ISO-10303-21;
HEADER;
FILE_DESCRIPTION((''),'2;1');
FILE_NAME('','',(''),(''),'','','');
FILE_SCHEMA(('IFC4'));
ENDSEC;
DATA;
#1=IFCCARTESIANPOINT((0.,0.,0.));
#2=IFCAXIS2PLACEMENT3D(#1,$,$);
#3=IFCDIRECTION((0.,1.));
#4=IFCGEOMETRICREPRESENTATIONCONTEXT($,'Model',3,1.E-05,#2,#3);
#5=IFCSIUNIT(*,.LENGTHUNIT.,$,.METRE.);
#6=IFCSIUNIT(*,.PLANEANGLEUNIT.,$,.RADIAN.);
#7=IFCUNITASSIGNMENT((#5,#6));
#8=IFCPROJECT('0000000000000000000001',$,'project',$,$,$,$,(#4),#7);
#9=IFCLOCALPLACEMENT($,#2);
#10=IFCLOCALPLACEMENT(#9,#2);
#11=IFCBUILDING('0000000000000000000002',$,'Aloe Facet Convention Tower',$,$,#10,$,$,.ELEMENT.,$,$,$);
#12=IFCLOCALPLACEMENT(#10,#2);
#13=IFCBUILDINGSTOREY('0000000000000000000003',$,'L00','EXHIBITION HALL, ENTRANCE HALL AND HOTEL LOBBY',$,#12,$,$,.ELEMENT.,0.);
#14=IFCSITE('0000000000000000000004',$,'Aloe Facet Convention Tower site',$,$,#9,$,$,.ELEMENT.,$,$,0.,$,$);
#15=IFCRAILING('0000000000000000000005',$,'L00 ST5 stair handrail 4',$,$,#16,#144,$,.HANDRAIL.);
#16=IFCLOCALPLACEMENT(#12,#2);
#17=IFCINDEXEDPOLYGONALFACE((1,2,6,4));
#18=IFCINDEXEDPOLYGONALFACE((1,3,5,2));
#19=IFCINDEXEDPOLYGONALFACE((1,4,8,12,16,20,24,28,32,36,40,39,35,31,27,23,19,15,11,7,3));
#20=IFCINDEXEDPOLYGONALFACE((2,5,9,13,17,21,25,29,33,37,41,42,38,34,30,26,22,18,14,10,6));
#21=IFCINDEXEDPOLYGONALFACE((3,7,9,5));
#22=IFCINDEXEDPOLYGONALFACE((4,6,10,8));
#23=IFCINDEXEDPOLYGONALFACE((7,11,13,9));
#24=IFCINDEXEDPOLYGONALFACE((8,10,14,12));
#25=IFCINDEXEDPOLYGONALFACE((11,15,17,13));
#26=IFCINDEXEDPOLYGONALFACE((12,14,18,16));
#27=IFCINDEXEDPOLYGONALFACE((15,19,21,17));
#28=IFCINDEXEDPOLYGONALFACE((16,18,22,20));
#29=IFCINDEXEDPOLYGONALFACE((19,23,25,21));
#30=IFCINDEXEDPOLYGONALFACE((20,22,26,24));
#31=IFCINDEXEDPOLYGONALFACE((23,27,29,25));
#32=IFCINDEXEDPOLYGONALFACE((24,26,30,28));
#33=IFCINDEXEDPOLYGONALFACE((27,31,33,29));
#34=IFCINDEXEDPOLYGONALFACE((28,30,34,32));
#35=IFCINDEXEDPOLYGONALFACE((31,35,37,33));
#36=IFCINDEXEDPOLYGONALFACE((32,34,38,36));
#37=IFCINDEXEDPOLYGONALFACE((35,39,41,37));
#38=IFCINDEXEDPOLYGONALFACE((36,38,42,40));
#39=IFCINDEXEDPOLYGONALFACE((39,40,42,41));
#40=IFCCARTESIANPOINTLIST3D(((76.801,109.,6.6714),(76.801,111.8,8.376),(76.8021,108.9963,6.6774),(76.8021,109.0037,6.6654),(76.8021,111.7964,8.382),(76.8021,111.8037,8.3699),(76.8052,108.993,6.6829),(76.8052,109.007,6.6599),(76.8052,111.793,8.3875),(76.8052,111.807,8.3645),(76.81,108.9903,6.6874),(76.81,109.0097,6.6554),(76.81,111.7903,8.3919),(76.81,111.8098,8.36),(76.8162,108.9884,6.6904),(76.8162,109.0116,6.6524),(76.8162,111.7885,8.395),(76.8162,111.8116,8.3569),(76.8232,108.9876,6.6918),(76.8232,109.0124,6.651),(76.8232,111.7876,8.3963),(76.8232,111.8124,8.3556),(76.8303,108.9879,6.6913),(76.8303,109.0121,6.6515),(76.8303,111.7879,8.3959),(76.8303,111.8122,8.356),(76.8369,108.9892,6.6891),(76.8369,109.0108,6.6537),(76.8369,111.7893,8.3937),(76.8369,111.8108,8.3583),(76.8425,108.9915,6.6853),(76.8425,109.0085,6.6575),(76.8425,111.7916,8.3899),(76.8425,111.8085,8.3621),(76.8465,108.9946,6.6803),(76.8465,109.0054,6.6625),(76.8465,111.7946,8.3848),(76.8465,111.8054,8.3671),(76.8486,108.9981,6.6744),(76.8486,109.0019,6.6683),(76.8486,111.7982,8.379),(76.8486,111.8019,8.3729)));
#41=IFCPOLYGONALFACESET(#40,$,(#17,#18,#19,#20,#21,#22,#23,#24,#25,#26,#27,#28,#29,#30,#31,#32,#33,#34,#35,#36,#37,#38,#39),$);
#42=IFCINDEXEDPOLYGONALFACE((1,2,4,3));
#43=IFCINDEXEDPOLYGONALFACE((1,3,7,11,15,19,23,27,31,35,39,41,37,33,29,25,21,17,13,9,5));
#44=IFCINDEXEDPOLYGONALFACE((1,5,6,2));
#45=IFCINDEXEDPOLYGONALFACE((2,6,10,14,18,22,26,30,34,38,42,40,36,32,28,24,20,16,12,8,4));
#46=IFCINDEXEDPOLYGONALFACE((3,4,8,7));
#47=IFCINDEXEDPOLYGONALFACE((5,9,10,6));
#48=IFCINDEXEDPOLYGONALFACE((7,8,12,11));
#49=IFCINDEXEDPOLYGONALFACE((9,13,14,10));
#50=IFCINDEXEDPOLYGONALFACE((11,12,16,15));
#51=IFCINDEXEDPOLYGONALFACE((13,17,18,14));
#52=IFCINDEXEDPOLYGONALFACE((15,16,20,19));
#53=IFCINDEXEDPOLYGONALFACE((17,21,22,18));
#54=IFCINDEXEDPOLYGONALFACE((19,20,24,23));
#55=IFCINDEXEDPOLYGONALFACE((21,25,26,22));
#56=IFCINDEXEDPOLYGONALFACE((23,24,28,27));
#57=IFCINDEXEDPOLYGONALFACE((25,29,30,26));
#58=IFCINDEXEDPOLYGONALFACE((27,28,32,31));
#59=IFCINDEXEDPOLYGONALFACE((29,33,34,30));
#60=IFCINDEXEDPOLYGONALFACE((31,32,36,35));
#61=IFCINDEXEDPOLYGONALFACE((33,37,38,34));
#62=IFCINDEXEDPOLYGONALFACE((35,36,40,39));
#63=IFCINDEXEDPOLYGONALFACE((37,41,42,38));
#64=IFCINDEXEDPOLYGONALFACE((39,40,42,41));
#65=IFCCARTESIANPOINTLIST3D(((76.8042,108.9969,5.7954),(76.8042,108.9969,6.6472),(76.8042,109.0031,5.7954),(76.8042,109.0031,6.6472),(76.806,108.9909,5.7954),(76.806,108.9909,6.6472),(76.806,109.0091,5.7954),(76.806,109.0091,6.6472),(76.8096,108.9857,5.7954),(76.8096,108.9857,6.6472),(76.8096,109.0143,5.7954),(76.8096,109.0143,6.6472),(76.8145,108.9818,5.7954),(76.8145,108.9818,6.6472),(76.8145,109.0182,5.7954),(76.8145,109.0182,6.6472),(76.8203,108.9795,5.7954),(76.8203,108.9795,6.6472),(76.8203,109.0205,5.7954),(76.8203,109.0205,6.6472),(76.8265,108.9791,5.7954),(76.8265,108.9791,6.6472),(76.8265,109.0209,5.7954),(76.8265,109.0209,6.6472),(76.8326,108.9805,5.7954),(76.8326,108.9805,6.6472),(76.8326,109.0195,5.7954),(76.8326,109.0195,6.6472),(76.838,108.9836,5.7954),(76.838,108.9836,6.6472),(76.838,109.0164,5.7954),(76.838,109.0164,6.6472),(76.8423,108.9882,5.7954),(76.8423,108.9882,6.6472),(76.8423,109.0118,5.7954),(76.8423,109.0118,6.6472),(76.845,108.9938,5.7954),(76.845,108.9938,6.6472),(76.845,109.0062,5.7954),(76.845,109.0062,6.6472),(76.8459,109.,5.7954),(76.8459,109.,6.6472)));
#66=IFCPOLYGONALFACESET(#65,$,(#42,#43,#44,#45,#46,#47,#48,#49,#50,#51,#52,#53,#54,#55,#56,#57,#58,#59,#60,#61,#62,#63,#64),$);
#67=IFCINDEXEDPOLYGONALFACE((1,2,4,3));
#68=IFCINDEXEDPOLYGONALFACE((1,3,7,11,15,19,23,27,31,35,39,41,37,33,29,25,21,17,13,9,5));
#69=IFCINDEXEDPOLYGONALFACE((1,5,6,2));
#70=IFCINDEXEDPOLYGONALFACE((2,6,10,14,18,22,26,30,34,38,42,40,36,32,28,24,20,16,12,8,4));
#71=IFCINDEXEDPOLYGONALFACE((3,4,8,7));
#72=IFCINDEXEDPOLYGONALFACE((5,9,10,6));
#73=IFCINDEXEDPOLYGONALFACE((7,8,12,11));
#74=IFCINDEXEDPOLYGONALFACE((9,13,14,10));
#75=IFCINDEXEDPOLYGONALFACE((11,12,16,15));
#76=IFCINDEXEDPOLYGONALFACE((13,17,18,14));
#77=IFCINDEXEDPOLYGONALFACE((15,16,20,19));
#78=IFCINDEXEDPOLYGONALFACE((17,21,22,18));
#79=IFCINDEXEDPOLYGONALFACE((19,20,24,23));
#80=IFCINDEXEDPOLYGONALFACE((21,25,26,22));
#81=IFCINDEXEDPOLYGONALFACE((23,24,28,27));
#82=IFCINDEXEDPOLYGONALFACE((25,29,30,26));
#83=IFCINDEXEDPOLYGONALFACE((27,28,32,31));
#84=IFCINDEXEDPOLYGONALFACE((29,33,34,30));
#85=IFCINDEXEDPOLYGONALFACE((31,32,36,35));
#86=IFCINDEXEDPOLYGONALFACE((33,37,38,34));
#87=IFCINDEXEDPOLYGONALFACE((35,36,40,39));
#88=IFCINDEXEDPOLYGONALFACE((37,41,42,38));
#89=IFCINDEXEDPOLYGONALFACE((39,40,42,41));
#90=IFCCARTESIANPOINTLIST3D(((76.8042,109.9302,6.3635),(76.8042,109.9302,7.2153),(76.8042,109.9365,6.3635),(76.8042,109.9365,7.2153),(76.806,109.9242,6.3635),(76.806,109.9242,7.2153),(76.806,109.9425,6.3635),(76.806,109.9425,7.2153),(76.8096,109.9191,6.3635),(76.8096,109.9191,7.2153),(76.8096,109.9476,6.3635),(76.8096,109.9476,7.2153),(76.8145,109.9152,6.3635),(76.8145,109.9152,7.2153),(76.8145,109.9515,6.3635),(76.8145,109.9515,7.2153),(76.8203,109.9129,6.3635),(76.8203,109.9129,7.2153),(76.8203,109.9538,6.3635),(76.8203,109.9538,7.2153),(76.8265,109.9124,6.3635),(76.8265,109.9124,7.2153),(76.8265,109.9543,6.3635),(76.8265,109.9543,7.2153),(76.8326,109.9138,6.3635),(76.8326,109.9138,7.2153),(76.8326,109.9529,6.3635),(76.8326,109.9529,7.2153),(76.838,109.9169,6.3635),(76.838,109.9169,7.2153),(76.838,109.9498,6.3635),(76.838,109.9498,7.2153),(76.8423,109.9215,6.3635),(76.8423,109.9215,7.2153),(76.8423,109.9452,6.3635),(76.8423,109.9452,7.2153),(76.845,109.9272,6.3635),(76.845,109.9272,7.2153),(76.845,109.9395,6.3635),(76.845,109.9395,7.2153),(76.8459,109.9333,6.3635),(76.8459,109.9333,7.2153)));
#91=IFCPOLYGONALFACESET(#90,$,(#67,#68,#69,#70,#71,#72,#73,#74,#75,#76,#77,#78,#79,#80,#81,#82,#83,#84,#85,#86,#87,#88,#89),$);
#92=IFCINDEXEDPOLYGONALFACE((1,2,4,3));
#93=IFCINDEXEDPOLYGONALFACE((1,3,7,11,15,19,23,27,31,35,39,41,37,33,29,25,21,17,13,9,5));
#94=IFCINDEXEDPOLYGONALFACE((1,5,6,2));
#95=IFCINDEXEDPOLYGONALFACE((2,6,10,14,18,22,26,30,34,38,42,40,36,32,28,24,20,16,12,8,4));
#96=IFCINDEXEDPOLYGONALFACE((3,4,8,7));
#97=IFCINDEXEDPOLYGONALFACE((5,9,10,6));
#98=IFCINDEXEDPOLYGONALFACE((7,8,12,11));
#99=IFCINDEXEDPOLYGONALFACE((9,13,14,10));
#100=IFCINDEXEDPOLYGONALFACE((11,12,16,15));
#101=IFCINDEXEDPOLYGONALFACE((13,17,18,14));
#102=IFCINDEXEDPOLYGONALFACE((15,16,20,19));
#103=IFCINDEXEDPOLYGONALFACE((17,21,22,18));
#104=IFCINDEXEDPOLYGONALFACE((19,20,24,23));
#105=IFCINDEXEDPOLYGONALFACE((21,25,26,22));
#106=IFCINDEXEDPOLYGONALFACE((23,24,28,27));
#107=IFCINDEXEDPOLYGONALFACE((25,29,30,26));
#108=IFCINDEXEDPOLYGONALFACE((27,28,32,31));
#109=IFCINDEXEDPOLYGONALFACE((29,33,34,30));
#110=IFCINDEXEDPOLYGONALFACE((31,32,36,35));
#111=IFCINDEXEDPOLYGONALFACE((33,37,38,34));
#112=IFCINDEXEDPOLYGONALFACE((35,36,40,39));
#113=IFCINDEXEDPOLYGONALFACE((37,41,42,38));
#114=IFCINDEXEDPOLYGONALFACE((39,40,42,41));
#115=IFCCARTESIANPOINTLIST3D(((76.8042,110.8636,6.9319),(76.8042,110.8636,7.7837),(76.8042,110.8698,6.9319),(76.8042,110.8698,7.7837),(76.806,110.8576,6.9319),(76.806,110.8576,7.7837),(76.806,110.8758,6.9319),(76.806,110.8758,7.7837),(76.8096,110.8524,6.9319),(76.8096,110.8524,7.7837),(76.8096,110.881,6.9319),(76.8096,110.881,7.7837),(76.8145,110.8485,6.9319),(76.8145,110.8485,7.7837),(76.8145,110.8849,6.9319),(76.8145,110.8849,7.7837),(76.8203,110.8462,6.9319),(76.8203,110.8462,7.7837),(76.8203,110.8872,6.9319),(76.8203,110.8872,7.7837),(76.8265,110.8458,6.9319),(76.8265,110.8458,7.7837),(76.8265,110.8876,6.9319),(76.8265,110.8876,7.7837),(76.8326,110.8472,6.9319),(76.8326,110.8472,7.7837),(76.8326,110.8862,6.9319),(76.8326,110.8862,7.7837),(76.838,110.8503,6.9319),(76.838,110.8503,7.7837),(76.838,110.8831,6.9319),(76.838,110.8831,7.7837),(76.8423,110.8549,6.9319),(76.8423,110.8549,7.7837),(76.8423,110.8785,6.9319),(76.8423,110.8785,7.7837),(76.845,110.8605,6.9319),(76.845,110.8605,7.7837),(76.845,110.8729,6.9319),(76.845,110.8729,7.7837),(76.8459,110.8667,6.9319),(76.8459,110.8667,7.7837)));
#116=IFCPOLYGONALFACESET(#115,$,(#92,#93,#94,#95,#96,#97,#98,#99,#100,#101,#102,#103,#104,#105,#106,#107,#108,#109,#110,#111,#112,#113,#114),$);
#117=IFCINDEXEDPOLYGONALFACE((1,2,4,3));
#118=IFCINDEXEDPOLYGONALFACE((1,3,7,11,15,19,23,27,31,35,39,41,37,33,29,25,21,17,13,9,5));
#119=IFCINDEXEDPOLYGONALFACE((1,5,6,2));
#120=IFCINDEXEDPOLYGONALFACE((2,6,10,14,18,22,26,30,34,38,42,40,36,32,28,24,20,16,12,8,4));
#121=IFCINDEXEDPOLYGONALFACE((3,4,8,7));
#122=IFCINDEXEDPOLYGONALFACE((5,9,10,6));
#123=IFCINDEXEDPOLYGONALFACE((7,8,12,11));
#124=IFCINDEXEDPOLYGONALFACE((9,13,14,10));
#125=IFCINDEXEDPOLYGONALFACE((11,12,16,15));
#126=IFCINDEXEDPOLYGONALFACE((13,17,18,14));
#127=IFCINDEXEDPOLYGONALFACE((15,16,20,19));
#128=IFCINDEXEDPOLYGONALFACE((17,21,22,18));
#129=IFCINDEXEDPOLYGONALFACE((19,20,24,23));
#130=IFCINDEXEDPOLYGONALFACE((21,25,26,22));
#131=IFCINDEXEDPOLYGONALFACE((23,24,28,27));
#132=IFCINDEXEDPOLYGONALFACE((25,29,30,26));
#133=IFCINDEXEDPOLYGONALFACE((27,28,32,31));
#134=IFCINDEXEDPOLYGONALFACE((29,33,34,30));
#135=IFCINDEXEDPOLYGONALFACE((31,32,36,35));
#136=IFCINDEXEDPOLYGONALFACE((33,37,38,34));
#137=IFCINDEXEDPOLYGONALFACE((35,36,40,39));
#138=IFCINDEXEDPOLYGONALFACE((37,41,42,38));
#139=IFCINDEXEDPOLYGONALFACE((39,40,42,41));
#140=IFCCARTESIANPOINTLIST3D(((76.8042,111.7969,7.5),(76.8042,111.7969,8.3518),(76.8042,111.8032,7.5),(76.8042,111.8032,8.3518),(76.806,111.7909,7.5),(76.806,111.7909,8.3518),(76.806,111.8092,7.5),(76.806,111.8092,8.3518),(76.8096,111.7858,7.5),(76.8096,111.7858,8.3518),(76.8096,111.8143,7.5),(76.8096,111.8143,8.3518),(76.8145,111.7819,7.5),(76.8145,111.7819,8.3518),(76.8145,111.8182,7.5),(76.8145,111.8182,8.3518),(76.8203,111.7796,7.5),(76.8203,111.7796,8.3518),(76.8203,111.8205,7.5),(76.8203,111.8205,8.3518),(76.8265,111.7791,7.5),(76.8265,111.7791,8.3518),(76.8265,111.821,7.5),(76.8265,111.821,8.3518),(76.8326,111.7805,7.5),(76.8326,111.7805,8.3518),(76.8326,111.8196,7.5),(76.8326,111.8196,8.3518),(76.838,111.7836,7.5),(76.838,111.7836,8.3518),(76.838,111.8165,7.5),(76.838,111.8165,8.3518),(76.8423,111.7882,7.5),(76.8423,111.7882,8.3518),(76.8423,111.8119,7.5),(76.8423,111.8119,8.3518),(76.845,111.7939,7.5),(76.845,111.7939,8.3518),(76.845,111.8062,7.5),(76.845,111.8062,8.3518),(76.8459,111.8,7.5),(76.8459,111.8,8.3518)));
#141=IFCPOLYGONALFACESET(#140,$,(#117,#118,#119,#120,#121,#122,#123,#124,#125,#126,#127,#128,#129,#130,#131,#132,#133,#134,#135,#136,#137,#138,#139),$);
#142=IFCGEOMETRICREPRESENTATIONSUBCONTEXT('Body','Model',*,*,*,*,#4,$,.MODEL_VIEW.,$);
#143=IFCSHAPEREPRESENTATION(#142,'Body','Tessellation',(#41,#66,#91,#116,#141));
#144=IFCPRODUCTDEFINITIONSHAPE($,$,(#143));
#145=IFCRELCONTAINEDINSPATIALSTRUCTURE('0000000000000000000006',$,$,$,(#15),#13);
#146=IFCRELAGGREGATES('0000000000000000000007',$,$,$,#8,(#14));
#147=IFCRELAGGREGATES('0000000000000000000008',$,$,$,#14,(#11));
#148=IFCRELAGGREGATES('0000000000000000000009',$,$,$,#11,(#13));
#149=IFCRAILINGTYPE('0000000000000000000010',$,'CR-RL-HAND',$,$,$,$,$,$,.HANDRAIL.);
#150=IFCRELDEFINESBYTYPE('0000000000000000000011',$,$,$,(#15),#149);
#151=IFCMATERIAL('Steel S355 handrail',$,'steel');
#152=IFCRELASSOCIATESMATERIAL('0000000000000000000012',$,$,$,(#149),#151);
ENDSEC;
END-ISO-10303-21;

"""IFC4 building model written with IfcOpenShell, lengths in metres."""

from ifc_helpers import new_model, si_unit, direction, frame, origin, origin_2d, place, context, subcontext, project, spatial, circle, extrude, material, type_object, element, save


model = new_model("IFC4")

# Units and contexts
model_context = context("Model", 3, precision=1e-05, world=origin(), true_north=direction((0.0, 1.0)))
body_context = subcontext(model_context, "Body", "Model", "MODEL_VIEW")
ifc_project = project(units=[si_unit("LENGTHUNIT", "METRE"), si_unit("PLANEANGLEUNIT", "RADIAN")], contexts=[model_context])

# Site, building, storey
site_placement = place(None, origin())
site = spatial("IfcSite", under=ifc_project, at=site_placement, Name="Aloe Facet Convention Tower site", CompositionType="ELEMENT", RefElevation=0.0)
building_placement = place(site_placement, origin())
building = spatial("IfcBuilding", under=site, at=building_placement, Name="Aloe Facet Convention Tower", CompositionType="ELEMENT")
storey_placement = place(building_placement, origin())
storey = spatial("IfcBuildingStorey", under=building, at=storey_placement, Name="L00", Description="EXHIBITION HALL, ENTRANCE HALL AND HOTEL LOBBY", CompositionType="ELEMENT", Elevation=0.0)

# Railing
ifc_material_1 = material(Name="Steel S355 handrail", Category="steel")
railing_type_1 = type_object("IfcRailingType", Name="CR-RL-HAND", PredefinedType="HANDRAIL", material=ifc_material_1)
railing_1_placement = place(storey_placement, frame((76.825, 109.0, 5.7954)))
element("IfcRailing", 1, at=railing_1_placement, inside=storey, type_object=railing_type_1, Name="L00 ST5 stair handrail 4", PredefinedType="HANDRAIL", context=body_context, shape_type="SweptSolid", body=[
    extrude(circle(Radius=0.0239, at=origin_2d()), frame((0.0, 0.0, 0.876), z_axis=(0.0, 0.85417, 0.519994), x_axis=(-1.0, 0.0, 0.0)), (0.0, 0.0, 1.0), 3.2781),
    extrude(circle(Radius=0.021, at=origin_2d()), origin(), (0.0, 0.0, 1.0), 0.8518),
    extrude(circle(Radius=0.021, at=origin_2d()), frame((0.0, 0.9333, 0.5681)), (0.0, 0.0, 1.0), 0.8518),
    extrude(circle(Radius=0.021, at=origin_2d()), frame((0.0, 1.8667, 1.1365)), (0.0, 0.0, 1.0), 0.8518),
    extrude(circle(Radius=0.021, at=origin_2d()), frame((0.0, 2.8, 1.7046)), (0.0, 0.0, 1.0), 0.8518),
])

save(model, "model.ifc")
